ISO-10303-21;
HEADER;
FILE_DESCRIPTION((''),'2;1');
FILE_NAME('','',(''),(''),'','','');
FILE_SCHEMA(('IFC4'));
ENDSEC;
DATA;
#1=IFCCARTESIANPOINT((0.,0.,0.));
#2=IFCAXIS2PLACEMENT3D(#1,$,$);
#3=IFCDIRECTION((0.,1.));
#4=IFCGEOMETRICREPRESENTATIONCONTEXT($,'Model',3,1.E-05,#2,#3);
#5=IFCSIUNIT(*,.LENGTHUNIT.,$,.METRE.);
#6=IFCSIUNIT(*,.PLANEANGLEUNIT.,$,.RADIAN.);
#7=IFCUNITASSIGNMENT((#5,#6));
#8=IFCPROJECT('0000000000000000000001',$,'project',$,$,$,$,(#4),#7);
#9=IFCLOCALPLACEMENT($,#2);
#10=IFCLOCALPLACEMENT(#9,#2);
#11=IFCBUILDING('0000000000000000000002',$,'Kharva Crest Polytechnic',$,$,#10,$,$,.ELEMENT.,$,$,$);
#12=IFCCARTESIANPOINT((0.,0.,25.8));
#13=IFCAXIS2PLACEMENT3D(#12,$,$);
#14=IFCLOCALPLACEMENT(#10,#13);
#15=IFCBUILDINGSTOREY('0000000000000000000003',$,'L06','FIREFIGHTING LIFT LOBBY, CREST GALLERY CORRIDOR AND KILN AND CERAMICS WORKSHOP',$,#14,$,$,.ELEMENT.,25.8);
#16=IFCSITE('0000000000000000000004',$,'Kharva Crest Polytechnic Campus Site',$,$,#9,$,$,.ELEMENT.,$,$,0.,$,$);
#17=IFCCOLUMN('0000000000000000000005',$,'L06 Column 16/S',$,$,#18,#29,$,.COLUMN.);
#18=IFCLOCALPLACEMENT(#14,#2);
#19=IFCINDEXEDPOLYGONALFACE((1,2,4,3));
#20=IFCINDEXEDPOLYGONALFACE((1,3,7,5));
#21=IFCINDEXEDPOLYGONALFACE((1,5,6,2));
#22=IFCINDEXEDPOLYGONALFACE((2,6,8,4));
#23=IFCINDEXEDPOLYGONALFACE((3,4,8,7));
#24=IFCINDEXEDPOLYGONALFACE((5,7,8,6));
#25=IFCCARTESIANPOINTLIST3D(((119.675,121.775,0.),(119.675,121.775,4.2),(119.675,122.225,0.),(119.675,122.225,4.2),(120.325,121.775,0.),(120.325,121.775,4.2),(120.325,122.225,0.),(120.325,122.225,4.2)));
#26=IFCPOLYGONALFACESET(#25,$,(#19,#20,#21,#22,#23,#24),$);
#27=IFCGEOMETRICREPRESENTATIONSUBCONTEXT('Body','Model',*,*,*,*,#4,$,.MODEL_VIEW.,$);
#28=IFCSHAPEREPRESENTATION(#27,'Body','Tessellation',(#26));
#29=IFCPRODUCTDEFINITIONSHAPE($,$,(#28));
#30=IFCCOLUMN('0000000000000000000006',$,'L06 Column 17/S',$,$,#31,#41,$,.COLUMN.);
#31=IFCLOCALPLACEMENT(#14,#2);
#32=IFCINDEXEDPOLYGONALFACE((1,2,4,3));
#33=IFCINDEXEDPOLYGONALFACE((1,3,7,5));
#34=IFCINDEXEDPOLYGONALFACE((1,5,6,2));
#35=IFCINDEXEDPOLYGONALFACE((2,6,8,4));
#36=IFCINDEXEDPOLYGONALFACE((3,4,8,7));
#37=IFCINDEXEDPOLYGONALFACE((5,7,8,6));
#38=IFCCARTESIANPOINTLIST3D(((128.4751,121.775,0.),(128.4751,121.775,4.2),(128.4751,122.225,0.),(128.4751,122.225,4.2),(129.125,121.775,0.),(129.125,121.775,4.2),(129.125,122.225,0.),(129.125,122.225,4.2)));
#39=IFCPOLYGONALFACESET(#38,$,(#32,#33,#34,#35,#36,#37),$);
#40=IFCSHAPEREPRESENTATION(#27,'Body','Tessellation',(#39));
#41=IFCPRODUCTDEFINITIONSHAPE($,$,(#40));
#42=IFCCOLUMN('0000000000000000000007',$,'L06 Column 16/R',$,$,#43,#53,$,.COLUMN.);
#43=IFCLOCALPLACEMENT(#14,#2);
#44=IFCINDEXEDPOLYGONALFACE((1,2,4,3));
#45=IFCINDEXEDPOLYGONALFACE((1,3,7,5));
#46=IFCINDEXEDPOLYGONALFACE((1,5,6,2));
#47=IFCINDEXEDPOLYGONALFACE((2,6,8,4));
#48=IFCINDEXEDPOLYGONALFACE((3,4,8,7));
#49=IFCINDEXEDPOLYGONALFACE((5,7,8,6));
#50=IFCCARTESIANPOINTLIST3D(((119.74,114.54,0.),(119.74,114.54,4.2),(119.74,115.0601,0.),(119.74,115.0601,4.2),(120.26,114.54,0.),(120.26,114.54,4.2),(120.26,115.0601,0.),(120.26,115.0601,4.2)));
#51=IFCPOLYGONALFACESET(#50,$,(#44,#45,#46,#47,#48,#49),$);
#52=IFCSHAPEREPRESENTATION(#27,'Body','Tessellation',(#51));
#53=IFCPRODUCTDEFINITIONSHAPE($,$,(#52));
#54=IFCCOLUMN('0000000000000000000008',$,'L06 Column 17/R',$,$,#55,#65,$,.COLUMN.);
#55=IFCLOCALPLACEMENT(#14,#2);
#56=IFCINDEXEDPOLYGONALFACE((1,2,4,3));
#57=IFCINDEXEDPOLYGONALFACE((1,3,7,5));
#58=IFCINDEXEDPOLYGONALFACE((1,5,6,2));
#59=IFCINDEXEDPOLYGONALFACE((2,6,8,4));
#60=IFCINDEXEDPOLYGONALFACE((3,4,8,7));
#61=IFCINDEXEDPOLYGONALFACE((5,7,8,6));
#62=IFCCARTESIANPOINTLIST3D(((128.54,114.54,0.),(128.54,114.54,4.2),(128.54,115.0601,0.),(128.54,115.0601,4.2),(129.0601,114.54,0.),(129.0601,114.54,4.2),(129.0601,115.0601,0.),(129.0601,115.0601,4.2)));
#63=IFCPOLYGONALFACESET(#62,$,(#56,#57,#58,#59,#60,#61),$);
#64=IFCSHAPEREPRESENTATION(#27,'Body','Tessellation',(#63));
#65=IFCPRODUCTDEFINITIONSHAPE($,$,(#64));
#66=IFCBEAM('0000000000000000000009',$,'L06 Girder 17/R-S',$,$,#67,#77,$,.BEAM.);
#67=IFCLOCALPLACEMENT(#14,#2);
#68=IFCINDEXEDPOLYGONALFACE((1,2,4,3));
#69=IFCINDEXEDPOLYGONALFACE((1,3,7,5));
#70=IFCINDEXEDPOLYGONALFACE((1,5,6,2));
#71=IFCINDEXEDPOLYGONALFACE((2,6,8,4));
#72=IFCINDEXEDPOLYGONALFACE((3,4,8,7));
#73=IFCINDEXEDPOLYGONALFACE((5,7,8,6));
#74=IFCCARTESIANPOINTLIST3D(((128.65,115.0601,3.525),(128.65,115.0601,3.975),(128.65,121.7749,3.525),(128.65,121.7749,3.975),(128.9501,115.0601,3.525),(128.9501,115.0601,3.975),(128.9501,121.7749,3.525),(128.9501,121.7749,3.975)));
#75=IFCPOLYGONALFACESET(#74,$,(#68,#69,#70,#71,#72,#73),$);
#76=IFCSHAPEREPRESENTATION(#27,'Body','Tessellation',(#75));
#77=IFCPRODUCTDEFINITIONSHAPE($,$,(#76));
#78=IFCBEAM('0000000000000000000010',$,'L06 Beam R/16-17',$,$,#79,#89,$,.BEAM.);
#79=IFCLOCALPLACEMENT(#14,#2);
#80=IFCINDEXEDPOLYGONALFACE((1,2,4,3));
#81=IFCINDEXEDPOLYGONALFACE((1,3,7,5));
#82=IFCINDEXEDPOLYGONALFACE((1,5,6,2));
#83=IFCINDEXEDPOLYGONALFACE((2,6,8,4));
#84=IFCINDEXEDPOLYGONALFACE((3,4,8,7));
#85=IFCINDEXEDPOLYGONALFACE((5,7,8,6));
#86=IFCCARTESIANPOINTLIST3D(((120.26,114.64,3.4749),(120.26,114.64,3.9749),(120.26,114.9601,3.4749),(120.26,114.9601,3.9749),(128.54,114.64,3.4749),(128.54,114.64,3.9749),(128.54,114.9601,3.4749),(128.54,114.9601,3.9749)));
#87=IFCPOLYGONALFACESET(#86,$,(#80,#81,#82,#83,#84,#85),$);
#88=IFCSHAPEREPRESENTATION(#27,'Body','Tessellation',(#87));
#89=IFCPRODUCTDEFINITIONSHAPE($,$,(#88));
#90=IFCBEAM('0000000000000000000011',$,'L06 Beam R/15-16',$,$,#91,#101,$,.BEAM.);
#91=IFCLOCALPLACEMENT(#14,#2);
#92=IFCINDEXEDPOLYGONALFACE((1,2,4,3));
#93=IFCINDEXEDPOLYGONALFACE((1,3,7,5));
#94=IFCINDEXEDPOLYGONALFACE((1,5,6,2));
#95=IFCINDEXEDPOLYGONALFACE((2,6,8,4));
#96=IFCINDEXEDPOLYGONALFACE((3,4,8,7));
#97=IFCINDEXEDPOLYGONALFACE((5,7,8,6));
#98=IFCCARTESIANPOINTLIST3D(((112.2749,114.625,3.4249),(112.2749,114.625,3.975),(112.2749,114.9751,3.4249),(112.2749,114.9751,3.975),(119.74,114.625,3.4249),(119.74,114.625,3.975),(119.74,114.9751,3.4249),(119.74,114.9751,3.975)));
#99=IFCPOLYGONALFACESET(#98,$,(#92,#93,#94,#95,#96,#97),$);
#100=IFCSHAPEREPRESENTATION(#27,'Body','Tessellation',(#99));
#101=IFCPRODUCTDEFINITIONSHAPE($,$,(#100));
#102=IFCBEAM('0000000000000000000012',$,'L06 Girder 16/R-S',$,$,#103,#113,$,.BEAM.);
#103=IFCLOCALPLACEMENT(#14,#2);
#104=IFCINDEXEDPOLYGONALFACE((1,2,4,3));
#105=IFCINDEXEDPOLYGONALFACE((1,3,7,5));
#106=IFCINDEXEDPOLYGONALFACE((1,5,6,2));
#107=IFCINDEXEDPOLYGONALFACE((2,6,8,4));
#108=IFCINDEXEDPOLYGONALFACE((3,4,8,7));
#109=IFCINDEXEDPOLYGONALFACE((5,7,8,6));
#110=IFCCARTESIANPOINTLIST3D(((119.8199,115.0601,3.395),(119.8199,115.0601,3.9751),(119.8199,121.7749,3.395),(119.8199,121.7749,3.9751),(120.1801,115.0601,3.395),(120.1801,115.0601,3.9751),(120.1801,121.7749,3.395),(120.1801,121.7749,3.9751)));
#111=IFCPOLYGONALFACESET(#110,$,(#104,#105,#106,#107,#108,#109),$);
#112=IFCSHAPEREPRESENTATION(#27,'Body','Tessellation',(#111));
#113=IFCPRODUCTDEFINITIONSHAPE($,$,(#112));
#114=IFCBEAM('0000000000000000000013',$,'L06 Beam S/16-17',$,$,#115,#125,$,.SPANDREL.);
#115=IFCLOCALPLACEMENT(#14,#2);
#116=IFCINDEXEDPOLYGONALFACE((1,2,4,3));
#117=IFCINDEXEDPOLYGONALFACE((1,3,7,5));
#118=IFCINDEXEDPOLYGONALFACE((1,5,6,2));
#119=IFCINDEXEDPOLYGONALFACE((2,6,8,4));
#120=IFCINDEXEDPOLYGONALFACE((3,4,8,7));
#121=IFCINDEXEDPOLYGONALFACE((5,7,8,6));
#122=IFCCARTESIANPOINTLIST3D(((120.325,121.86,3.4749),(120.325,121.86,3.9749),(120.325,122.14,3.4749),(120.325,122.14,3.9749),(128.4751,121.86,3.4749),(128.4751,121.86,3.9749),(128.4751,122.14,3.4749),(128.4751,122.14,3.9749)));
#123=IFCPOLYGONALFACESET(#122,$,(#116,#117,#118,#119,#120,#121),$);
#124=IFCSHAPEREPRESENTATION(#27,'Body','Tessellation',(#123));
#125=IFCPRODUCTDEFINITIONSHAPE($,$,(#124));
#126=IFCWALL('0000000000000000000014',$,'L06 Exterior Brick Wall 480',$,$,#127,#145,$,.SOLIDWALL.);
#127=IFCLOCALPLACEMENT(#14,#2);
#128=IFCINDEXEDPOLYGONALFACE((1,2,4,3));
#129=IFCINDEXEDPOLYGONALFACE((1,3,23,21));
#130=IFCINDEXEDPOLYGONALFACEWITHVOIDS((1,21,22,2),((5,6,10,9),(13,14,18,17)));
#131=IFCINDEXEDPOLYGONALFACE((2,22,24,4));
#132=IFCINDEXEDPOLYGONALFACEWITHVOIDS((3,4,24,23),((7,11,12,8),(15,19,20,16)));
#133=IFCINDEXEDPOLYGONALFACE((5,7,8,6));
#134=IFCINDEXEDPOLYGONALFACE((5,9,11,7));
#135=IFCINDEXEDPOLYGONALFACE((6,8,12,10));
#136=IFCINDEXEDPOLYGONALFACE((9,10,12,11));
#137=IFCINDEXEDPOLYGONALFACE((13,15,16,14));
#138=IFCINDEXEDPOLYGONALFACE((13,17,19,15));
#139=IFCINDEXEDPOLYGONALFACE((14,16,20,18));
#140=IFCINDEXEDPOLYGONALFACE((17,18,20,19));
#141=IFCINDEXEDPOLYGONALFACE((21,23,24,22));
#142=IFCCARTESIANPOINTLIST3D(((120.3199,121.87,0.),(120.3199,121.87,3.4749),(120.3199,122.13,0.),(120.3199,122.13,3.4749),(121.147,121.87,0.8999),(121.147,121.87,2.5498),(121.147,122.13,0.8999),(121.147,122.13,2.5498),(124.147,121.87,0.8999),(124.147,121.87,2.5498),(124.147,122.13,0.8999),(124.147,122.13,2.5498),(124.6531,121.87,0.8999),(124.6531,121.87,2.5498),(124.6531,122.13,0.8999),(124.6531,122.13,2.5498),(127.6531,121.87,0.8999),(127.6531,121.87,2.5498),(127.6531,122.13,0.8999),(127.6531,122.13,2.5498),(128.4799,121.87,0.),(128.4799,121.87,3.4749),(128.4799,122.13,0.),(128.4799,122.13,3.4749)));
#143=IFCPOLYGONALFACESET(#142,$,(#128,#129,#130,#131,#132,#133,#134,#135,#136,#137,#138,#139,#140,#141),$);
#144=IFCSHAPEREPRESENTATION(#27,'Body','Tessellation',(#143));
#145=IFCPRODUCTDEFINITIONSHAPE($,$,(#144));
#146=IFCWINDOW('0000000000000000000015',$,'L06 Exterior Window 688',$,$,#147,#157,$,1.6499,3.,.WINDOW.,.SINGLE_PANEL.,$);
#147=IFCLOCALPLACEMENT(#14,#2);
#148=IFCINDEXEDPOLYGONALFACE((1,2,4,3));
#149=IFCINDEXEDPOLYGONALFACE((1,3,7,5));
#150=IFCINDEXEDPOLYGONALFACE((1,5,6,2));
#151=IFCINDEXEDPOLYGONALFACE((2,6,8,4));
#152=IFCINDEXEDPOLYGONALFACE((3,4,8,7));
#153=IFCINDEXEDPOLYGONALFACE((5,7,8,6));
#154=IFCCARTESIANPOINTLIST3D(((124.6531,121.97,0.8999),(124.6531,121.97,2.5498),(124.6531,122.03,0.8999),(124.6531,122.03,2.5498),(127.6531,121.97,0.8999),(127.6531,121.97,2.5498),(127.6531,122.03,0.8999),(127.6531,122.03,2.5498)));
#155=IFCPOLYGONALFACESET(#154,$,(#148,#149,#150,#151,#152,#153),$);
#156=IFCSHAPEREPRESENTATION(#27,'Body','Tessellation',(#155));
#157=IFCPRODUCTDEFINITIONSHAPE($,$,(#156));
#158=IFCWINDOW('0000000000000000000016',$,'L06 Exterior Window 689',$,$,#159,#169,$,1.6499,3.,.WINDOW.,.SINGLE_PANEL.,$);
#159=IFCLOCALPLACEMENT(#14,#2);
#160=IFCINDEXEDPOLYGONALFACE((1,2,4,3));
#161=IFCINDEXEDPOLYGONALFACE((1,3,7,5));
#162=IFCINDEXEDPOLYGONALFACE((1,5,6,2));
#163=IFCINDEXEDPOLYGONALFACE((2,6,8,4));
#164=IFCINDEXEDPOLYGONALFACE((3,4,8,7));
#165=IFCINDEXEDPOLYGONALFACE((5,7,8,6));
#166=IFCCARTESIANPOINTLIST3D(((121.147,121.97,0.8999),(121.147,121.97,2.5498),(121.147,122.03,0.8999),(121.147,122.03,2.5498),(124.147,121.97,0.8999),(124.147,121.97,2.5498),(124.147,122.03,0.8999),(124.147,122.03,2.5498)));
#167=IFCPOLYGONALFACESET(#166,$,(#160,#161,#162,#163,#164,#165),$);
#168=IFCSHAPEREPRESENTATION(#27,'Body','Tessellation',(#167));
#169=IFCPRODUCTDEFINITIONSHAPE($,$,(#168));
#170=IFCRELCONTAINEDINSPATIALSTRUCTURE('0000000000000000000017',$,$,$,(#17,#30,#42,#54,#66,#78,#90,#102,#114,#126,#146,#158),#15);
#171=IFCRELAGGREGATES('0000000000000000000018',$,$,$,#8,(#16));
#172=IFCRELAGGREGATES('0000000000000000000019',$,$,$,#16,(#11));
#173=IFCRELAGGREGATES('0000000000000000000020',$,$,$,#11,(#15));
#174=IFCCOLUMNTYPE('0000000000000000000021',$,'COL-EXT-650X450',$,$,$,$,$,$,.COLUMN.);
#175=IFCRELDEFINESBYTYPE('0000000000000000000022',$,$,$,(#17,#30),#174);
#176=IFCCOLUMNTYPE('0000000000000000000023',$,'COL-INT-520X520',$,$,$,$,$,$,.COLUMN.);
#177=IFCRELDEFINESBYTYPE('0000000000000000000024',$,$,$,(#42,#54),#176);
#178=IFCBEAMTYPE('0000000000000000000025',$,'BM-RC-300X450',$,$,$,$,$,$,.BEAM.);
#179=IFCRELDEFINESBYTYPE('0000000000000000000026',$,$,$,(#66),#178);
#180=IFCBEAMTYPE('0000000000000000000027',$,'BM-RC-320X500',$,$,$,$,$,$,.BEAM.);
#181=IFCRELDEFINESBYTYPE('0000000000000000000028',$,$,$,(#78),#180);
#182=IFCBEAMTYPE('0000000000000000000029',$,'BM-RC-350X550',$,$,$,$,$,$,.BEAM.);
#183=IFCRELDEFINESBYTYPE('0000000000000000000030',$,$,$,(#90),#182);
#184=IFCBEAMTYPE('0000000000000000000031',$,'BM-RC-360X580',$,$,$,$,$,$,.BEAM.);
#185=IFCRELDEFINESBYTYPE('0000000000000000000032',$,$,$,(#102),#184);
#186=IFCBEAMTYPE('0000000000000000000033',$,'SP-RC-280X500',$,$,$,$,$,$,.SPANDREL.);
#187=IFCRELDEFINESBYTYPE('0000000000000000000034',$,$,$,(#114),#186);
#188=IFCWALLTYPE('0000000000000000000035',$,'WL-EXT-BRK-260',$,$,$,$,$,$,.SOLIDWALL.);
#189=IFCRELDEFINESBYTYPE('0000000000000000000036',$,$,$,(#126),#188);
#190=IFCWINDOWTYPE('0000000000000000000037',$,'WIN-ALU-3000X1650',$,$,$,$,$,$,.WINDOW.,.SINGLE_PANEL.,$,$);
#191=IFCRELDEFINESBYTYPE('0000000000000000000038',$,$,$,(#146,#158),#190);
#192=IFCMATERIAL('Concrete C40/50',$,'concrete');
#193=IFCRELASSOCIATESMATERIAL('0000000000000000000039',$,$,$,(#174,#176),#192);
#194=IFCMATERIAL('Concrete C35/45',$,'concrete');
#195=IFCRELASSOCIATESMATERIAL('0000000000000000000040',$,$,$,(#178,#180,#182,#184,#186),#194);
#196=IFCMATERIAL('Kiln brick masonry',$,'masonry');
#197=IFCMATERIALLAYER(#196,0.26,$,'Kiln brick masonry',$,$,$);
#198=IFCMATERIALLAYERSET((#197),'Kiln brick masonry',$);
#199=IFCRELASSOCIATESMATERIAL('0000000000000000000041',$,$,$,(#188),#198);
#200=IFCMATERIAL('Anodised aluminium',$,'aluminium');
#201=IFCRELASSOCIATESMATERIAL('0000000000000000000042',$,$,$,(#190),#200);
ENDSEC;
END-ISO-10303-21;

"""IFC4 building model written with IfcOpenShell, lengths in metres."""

from ifc_helpers import new_model, si_unit, direction, frame, frame_2d, origin, origin_2d, place, context, subcontext, project, spatial, rectangle, extrude, material, layer, layer_set, material_profile, profile_set, type_object, element, fill, save


model = new_model("IFC4")

# Units and contexts
model_context = context("Model", 3, precision=1e-05, world=origin(), true_north=direction((0.0, 1.0)))
body_context = subcontext(model_context, "Body", "Model", "MODEL_VIEW")
ifc_project = project(units=[si_unit("LENGTHUNIT", "METRE"), si_unit("PLANEANGLEUNIT", "RADIAN")], contexts=[model_context])

# Site, building, storey
site_placement = place(None, origin())
site = spatial("IfcSite", under=ifc_project, at=site_placement, Name="Kharva Crest Polytechnic Campus Site", CompositionType="ELEMENT", RefElevation=0.0)
building_placement = place(site_placement, origin())
building = spatial("IfcBuilding", under=site, at=building_placement, Name="Kharva Crest Polytechnic", CompositionType="ELEMENT")
storey_placement = place(building_placement, frame((0.0, 0.0, 25.8)))
storey = spatial("IfcBuildingStorey", under=building, at=storey_placement, Name="L06", Description="FIREFIGHTING LIFT LOBBY, CREST GALLERY CORRIDOR AND KILN AND CERAMICS WORKSHOP", CompositionType="ELEMENT", Elevation=25.8)

# Columns
ifc_material_1 = material(Name="Concrete C40/50", Category="concrete")
ifc_material_profile_1 = material_profile(ifc_material_1, rectangle(XDim=0.6499, YDim=0.45, at=origin_2d()), Name="RECT 650 X 450")
ifc_profile_set_1 = profile_set([ifc_material_profile_1], Name="Concrete C40/50")
column_type_1 = type_object("IfcColumnType", Name="COL-EXT-650X450", PredefinedType="COLUMN", material=ifc_profile_set_1)
for number, where, z_axis, x_axis, name in (
    (1, (120.0, 122.0, 0.0), (0.0, 0.0, 1.0), (1.0, 0.0, 0.0), "L06 Column 16/S"),
    (2, (128.8, 122.0, 0.0), (0.0, 0.0, 1.0), (1.0, 0.0, 0.0), "L06 Column 17/S"),
):
    element("IfcColumn", number, at=place(storey_placement, frame(where, z_axis=z_axis, x_axis=x_axis)), inside=storey, type_object=column_type_1, Name=name, PredefinedType="COLUMN", context=body_context, shape_type="SweptSolid", body=[
        extrude(rectangle(XDim=0.6499, YDim=0.45, at=origin_2d()), origin(), (0.0, 0.0, 1.0), 4.2),
    ])
ifc_material_profile_2 = material_profile(ifc_material_1, rectangle(XDim=0.52, YDim=0.52, at=origin_2d()), Name="RECT 520 X 520")
ifc_profile_set_2 = profile_set([ifc_material_profile_2], Name="Concrete C40/50")
column_type_2 = type_object("IfcColumnType", Name="COL-INT-520X520", PredefinedType="COLUMN", material=ifc_profile_set_2)
for number, where, z_axis, x_axis, name in (
    (3, (120.0, 114.8, 0.0), (0.0, 0.0, 1.0), (1.0, 0.0, 0.0), "L06 Column 16/R"),
    (4, (128.8, 114.8, 0.0), (0.0, 0.0, 1.0), (1.0, 0.0, 0.0), "L06 Column 17/R"),
):
    element("IfcColumn", number, at=place(storey_placement, frame(where, z_axis=z_axis, x_axis=x_axis)), inside=storey, type_object=column_type_2, Name=name, PredefinedType="COLUMN", context=body_context, shape_type="SweptSolid", body=[
        extrude(rectangle(XDim=0.52, YDim=0.52, at=origin_2d()), origin(), (0.0, 0.0, 1.0), 4.2),
    ])

# Beams
ifc_material_2 = material(Name="Concrete C35/45", Category="concrete")
ifc_material_profile_3 = material_profile(ifc_material_2, rectangle(XDim=0.3, YDim=0.45, at=origin_2d()), Name="RECT 300 X 450")
ifc_profile_set_3 = profile_set([ifc_material_profile_3], Name="Concrete C35/45")
beam_type_1 = type_object("IfcBeamType", Name="BM-RC-300X450", PredefinedType="BEAM", material=ifc_profile_set_3)
beam_1_placement = place(storey_placement, frame((128.8, 115.0601, 3.75), z_axis=(0.0, 1.0, 0.0), x_axis=(-1.0, 0.0, 0.0)))
element("IfcBeam", 5, at=beam_1_placement, inside=storey, type_object=beam_type_1, Name="L06 Girder 17/R-S", PredefinedType="BEAM", context=body_context, shape_type="SweptSolid", body=[
    extrude(rectangle(XDim=0.3, YDim=0.45, at=origin_2d()), origin(), (0.0, 0.0, 1.0), 6.7148),
])
ifc_material_profile_4 = material_profile(ifc_material_2, rectangle(XDim=0.3201, YDim=0.5, at=origin_2d()), Name="RECT 320 X 500")
ifc_profile_set_4 = profile_set([ifc_material_profile_4], Name="Concrete C35/45")
beam_type_2 = type_object("IfcBeamType", Name="BM-RC-320X500", PredefinedType="BEAM", material=ifc_profile_set_4)
beam_2_placement = place(storey_placement, frame((120.26, 114.8, 3.7249), z_axis=(1.0, 0.0, 0.0), x_axis=(0.0, 1.0, 0.0)))
element("IfcBeam", 6, at=beam_2_placement, inside=storey, type_object=beam_type_2, Name="L06 Beam R/16-17", PredefinedType="BEAM", context=body_context, shape_type="SweptSolid", body=[
    extrude(rectangle(XDim=0.3201, YDim=0.5, at=origin_2d()), origin(), (0.0, 0.0, 1.0), 8.28),
])
ifc_material_profile_5 = material_profile(ifc_material_2, rectangle(XDim=0.3501, YDim=0.55, at=origin_2d()), Name="RECT 350 X 550")
ifc_profile_set_5 = profile_set([ifc_material_profile_5], Name="Concrete C35/45")
beam_type_3 = type_object("IfcBeamType", Name="BM-RC-350X550", PredefinedType="BEAM", material=ifc_profile_set_5)
beam_3_placement = place(storey_placement, frame((112.2749, 114.8, 3.7), z_axis=(1.0, 0.0, 0.0), x_axis=(0.0, 1.0, 0.0)))
element("IfcBeam", 7, at=beam_3_placement, inside=storey, type_object=beam_type_3, Name="L06 Beam R/15-16", PredefinedType="BEAM", context=body_context, shape_type="SweptSolid", body=[
    extrude(rectangle(XDim=0.3501, YDim=0.55, at=origin_2d()), origin(), (0.0, 0.0, 1.0), 7.4651),
])
ifc_material_profile_6 = material_profile(ifc_material_2, rectangle(XDim=0.3601, YDim=0.5801, at=origin_2d()), Name="RECT 360 X 580")
ifc_profile_set_6 = profile_set([ifc_material_profile_6], Name="Concrete C35/45")
beam_type_4 = type_object("IfcBeamType", Name="BM-RC-360X580", PredefinedType="BEAM", material=ifc_profile_set_6)
beam_4_placement = place(storey_placement, frame((120.0, 115.0601, 3.6851), z_axis=(0.0, 1.0, 0.0), x_axis=(-1.0, 0.0, 0.0)))
element("IfcBeam", 8, at=beam_4_placement, inside=storey, type_object=beam_type_4, Name="L06 Girder 16/R-S", PredefinedType="BEAM", context=body_context, shape_type="SweptSolid", body=[
    extrude(rectangle(XDim=0.3601, YDim=0.5801, at=origin_2d()), origin(), (0.0, 0.0, 1.0), 6.7148),
])
ifc_material_profile_7 = material_profile(ifc_material_2, rectangle(XDim=0.28, YDim=0.5, at=origin_2d()), Name="RECT 280 X 500")
ifc_profile_set_7 = profile_set([ifc_material_profile_7], Name="Concrete C35/45")
beam_type_5 = type_object("IfcBeamType", Name="SP-RC-280X500", PredefinedType="SPANDREL", material=ifc_profile_set_7)
beam_5_placement = place(storey_placement, frame((120.325, 122.0, 3.7249), z_axis=(1.0, 0.0, 0.0), x_axis=(0.0, 1.0, 0.0)))
element("IfcBeam", 9, at=beam_5_placement, inside=storey, type_object=beam_type_5, Name="L06 Beam S/16-17", PredefinedType="SPANDREL", context=body_context, shape_type="SweptSolid", body=[
    extrude(rectangle(XDim=0.28, YDim=0.5, at=origin_2d()), origin(), (0.0, 0.0, 1.0), 8.1501),
])

# Wall, openings, windows
ifc_material_3 = material(Name="Kiln brick masonry", Category="masonry")
ifc_layer_1 = layer(ifc_material_3, 0.26, Name="Kiln brick masonry")
ifc_layer_set_1 = layer_set([ifc_layer_1], Name="Kiln brick masonry")
wall_type_1 = type_object("IfcWallType", Name="WL-EXT-BRK-260", PredefinedType="SOLIDWALL", material=ifc_layer_set_1)
wall_1_placement = place(storey_placement, frame((128.48, 122.0, 0.0), z_axis=(0.0, 0.0, 1.0), x_axis=(-1.0, 0.0, 0.0)))
wall_1 = element("IfcWall", 10, at=wall_1_placement, inside=storey, type_object=wall_type_1, Name="L06 Exterior Brick Wall 480", PredefinedType="SOLIDWALL", context=body_context, shape_type="SweptSolid", body=[
    extrude(rectangle(XDim=8.1599, YDim=0.26, at=frame_2d((4.0801, 0.0))), origin(), (0.0, 0.0, 1.0), 3.4749),
])
opening_1_placement = place(wall_1_placement, frame((0.8269, 0.0, 0.8999)))
opening_1 = element("IfcOpeningElement", 11, at=opening_1_placement, cuts=wall_1, PredefinedType="OPENING", context=body_context, shape_type="SweptSolid", body=[
    extrude(rectangle(XDim=3.0, YDim=1.6499, at=frame_2d((1.5, 0.825))), frame((0.0, 0.1399, 0.0), z_axis=(0.0, -1.0, 0.0), x_axis=(1.0, 0.0, 0.0)), (0.0, 0.0, 1.0), 0.28),
])
opening_2_placement = place(wall_1_placement, frame((4.333, 0.0, 0.8999)))
opening_2 = element("IfcOpeningElement", 12, at=opening_2_placement, cuts=wall_1, PredefinedType="OPENING", context=body_context, shape_type="SweptSolid", body=[
    extrude(rectangle(XDim=3.0, YDim=1.6499, at=frame_2d((1.5, 0.825))), frame((0.0, 0.1399, 0.0), z_axis=(0.0, -1.0, 0.0), x_axis=(1.0, 0.0, 0.0)), (0.0, 0.0, 1.0), 0.28),
])
ifc_material_4 = material(Name="Anodised aluminium", Category="aluminium")
window_type_1 = type_object("IfcWindowType", Name="WIN-ALU-3000X1650", PartitioningType="SINGLE_PANEL", PredefinedType="WINDOW", material=ifc_material_4)
window_1_placement = place(opening_1_placement, origin())
window_1 = element("IfcWindow", 13, at=window_1_placement, inside=storey, type_object=window_type_1, Name="L06 Exterior Window 688", OverallHeight=1.6499, OverallWidth=3.0, PartitioningType="SINGLE_PANEL", PredefinedType="WINDOW", context=body_context, shape_type="SweptSolid", body=[
    extrude(rectangle(XDim=3.0, YDim=1.6499, at=frame_2d((1.5, 0.825))), frame((0.0, 0.03, 0.0), z_axis=(0.0, -1.0, 0.0), x_axis=(1.0, 0.0, 0.0)), (0.0, 0.0, 1.0), 0.0601),
])
fill(opening_1, window_1)
window_2_placement = place(opening_2_placement, origin())
window_2 = element("IfcWindow", 14, at=window_2_placement, inside=storey, type_object=window_type_1, Name="L06 Exterior Window 689", OverallHeight=1.6499, OverallWidth=3.0, PartitioningType="SINGLE_PANEL", PredefinedType="WINDOW", context=body_context, shape_type="SweptSolid", body=[
    extrude(rectangle(XDim=3.0, YDim=1.6499, at=frame_2d((1.5, 0.825))), frame((0.0, 0.03, 0.0), z_axis=(0.0, -1.0, 0.0), x_axis=(1.0, 0.0, 0.0)), (0.0, 0.0, 1.0), 0.0601),
])
fill(opening_2, window_2)

save(model, "model.ifc")
